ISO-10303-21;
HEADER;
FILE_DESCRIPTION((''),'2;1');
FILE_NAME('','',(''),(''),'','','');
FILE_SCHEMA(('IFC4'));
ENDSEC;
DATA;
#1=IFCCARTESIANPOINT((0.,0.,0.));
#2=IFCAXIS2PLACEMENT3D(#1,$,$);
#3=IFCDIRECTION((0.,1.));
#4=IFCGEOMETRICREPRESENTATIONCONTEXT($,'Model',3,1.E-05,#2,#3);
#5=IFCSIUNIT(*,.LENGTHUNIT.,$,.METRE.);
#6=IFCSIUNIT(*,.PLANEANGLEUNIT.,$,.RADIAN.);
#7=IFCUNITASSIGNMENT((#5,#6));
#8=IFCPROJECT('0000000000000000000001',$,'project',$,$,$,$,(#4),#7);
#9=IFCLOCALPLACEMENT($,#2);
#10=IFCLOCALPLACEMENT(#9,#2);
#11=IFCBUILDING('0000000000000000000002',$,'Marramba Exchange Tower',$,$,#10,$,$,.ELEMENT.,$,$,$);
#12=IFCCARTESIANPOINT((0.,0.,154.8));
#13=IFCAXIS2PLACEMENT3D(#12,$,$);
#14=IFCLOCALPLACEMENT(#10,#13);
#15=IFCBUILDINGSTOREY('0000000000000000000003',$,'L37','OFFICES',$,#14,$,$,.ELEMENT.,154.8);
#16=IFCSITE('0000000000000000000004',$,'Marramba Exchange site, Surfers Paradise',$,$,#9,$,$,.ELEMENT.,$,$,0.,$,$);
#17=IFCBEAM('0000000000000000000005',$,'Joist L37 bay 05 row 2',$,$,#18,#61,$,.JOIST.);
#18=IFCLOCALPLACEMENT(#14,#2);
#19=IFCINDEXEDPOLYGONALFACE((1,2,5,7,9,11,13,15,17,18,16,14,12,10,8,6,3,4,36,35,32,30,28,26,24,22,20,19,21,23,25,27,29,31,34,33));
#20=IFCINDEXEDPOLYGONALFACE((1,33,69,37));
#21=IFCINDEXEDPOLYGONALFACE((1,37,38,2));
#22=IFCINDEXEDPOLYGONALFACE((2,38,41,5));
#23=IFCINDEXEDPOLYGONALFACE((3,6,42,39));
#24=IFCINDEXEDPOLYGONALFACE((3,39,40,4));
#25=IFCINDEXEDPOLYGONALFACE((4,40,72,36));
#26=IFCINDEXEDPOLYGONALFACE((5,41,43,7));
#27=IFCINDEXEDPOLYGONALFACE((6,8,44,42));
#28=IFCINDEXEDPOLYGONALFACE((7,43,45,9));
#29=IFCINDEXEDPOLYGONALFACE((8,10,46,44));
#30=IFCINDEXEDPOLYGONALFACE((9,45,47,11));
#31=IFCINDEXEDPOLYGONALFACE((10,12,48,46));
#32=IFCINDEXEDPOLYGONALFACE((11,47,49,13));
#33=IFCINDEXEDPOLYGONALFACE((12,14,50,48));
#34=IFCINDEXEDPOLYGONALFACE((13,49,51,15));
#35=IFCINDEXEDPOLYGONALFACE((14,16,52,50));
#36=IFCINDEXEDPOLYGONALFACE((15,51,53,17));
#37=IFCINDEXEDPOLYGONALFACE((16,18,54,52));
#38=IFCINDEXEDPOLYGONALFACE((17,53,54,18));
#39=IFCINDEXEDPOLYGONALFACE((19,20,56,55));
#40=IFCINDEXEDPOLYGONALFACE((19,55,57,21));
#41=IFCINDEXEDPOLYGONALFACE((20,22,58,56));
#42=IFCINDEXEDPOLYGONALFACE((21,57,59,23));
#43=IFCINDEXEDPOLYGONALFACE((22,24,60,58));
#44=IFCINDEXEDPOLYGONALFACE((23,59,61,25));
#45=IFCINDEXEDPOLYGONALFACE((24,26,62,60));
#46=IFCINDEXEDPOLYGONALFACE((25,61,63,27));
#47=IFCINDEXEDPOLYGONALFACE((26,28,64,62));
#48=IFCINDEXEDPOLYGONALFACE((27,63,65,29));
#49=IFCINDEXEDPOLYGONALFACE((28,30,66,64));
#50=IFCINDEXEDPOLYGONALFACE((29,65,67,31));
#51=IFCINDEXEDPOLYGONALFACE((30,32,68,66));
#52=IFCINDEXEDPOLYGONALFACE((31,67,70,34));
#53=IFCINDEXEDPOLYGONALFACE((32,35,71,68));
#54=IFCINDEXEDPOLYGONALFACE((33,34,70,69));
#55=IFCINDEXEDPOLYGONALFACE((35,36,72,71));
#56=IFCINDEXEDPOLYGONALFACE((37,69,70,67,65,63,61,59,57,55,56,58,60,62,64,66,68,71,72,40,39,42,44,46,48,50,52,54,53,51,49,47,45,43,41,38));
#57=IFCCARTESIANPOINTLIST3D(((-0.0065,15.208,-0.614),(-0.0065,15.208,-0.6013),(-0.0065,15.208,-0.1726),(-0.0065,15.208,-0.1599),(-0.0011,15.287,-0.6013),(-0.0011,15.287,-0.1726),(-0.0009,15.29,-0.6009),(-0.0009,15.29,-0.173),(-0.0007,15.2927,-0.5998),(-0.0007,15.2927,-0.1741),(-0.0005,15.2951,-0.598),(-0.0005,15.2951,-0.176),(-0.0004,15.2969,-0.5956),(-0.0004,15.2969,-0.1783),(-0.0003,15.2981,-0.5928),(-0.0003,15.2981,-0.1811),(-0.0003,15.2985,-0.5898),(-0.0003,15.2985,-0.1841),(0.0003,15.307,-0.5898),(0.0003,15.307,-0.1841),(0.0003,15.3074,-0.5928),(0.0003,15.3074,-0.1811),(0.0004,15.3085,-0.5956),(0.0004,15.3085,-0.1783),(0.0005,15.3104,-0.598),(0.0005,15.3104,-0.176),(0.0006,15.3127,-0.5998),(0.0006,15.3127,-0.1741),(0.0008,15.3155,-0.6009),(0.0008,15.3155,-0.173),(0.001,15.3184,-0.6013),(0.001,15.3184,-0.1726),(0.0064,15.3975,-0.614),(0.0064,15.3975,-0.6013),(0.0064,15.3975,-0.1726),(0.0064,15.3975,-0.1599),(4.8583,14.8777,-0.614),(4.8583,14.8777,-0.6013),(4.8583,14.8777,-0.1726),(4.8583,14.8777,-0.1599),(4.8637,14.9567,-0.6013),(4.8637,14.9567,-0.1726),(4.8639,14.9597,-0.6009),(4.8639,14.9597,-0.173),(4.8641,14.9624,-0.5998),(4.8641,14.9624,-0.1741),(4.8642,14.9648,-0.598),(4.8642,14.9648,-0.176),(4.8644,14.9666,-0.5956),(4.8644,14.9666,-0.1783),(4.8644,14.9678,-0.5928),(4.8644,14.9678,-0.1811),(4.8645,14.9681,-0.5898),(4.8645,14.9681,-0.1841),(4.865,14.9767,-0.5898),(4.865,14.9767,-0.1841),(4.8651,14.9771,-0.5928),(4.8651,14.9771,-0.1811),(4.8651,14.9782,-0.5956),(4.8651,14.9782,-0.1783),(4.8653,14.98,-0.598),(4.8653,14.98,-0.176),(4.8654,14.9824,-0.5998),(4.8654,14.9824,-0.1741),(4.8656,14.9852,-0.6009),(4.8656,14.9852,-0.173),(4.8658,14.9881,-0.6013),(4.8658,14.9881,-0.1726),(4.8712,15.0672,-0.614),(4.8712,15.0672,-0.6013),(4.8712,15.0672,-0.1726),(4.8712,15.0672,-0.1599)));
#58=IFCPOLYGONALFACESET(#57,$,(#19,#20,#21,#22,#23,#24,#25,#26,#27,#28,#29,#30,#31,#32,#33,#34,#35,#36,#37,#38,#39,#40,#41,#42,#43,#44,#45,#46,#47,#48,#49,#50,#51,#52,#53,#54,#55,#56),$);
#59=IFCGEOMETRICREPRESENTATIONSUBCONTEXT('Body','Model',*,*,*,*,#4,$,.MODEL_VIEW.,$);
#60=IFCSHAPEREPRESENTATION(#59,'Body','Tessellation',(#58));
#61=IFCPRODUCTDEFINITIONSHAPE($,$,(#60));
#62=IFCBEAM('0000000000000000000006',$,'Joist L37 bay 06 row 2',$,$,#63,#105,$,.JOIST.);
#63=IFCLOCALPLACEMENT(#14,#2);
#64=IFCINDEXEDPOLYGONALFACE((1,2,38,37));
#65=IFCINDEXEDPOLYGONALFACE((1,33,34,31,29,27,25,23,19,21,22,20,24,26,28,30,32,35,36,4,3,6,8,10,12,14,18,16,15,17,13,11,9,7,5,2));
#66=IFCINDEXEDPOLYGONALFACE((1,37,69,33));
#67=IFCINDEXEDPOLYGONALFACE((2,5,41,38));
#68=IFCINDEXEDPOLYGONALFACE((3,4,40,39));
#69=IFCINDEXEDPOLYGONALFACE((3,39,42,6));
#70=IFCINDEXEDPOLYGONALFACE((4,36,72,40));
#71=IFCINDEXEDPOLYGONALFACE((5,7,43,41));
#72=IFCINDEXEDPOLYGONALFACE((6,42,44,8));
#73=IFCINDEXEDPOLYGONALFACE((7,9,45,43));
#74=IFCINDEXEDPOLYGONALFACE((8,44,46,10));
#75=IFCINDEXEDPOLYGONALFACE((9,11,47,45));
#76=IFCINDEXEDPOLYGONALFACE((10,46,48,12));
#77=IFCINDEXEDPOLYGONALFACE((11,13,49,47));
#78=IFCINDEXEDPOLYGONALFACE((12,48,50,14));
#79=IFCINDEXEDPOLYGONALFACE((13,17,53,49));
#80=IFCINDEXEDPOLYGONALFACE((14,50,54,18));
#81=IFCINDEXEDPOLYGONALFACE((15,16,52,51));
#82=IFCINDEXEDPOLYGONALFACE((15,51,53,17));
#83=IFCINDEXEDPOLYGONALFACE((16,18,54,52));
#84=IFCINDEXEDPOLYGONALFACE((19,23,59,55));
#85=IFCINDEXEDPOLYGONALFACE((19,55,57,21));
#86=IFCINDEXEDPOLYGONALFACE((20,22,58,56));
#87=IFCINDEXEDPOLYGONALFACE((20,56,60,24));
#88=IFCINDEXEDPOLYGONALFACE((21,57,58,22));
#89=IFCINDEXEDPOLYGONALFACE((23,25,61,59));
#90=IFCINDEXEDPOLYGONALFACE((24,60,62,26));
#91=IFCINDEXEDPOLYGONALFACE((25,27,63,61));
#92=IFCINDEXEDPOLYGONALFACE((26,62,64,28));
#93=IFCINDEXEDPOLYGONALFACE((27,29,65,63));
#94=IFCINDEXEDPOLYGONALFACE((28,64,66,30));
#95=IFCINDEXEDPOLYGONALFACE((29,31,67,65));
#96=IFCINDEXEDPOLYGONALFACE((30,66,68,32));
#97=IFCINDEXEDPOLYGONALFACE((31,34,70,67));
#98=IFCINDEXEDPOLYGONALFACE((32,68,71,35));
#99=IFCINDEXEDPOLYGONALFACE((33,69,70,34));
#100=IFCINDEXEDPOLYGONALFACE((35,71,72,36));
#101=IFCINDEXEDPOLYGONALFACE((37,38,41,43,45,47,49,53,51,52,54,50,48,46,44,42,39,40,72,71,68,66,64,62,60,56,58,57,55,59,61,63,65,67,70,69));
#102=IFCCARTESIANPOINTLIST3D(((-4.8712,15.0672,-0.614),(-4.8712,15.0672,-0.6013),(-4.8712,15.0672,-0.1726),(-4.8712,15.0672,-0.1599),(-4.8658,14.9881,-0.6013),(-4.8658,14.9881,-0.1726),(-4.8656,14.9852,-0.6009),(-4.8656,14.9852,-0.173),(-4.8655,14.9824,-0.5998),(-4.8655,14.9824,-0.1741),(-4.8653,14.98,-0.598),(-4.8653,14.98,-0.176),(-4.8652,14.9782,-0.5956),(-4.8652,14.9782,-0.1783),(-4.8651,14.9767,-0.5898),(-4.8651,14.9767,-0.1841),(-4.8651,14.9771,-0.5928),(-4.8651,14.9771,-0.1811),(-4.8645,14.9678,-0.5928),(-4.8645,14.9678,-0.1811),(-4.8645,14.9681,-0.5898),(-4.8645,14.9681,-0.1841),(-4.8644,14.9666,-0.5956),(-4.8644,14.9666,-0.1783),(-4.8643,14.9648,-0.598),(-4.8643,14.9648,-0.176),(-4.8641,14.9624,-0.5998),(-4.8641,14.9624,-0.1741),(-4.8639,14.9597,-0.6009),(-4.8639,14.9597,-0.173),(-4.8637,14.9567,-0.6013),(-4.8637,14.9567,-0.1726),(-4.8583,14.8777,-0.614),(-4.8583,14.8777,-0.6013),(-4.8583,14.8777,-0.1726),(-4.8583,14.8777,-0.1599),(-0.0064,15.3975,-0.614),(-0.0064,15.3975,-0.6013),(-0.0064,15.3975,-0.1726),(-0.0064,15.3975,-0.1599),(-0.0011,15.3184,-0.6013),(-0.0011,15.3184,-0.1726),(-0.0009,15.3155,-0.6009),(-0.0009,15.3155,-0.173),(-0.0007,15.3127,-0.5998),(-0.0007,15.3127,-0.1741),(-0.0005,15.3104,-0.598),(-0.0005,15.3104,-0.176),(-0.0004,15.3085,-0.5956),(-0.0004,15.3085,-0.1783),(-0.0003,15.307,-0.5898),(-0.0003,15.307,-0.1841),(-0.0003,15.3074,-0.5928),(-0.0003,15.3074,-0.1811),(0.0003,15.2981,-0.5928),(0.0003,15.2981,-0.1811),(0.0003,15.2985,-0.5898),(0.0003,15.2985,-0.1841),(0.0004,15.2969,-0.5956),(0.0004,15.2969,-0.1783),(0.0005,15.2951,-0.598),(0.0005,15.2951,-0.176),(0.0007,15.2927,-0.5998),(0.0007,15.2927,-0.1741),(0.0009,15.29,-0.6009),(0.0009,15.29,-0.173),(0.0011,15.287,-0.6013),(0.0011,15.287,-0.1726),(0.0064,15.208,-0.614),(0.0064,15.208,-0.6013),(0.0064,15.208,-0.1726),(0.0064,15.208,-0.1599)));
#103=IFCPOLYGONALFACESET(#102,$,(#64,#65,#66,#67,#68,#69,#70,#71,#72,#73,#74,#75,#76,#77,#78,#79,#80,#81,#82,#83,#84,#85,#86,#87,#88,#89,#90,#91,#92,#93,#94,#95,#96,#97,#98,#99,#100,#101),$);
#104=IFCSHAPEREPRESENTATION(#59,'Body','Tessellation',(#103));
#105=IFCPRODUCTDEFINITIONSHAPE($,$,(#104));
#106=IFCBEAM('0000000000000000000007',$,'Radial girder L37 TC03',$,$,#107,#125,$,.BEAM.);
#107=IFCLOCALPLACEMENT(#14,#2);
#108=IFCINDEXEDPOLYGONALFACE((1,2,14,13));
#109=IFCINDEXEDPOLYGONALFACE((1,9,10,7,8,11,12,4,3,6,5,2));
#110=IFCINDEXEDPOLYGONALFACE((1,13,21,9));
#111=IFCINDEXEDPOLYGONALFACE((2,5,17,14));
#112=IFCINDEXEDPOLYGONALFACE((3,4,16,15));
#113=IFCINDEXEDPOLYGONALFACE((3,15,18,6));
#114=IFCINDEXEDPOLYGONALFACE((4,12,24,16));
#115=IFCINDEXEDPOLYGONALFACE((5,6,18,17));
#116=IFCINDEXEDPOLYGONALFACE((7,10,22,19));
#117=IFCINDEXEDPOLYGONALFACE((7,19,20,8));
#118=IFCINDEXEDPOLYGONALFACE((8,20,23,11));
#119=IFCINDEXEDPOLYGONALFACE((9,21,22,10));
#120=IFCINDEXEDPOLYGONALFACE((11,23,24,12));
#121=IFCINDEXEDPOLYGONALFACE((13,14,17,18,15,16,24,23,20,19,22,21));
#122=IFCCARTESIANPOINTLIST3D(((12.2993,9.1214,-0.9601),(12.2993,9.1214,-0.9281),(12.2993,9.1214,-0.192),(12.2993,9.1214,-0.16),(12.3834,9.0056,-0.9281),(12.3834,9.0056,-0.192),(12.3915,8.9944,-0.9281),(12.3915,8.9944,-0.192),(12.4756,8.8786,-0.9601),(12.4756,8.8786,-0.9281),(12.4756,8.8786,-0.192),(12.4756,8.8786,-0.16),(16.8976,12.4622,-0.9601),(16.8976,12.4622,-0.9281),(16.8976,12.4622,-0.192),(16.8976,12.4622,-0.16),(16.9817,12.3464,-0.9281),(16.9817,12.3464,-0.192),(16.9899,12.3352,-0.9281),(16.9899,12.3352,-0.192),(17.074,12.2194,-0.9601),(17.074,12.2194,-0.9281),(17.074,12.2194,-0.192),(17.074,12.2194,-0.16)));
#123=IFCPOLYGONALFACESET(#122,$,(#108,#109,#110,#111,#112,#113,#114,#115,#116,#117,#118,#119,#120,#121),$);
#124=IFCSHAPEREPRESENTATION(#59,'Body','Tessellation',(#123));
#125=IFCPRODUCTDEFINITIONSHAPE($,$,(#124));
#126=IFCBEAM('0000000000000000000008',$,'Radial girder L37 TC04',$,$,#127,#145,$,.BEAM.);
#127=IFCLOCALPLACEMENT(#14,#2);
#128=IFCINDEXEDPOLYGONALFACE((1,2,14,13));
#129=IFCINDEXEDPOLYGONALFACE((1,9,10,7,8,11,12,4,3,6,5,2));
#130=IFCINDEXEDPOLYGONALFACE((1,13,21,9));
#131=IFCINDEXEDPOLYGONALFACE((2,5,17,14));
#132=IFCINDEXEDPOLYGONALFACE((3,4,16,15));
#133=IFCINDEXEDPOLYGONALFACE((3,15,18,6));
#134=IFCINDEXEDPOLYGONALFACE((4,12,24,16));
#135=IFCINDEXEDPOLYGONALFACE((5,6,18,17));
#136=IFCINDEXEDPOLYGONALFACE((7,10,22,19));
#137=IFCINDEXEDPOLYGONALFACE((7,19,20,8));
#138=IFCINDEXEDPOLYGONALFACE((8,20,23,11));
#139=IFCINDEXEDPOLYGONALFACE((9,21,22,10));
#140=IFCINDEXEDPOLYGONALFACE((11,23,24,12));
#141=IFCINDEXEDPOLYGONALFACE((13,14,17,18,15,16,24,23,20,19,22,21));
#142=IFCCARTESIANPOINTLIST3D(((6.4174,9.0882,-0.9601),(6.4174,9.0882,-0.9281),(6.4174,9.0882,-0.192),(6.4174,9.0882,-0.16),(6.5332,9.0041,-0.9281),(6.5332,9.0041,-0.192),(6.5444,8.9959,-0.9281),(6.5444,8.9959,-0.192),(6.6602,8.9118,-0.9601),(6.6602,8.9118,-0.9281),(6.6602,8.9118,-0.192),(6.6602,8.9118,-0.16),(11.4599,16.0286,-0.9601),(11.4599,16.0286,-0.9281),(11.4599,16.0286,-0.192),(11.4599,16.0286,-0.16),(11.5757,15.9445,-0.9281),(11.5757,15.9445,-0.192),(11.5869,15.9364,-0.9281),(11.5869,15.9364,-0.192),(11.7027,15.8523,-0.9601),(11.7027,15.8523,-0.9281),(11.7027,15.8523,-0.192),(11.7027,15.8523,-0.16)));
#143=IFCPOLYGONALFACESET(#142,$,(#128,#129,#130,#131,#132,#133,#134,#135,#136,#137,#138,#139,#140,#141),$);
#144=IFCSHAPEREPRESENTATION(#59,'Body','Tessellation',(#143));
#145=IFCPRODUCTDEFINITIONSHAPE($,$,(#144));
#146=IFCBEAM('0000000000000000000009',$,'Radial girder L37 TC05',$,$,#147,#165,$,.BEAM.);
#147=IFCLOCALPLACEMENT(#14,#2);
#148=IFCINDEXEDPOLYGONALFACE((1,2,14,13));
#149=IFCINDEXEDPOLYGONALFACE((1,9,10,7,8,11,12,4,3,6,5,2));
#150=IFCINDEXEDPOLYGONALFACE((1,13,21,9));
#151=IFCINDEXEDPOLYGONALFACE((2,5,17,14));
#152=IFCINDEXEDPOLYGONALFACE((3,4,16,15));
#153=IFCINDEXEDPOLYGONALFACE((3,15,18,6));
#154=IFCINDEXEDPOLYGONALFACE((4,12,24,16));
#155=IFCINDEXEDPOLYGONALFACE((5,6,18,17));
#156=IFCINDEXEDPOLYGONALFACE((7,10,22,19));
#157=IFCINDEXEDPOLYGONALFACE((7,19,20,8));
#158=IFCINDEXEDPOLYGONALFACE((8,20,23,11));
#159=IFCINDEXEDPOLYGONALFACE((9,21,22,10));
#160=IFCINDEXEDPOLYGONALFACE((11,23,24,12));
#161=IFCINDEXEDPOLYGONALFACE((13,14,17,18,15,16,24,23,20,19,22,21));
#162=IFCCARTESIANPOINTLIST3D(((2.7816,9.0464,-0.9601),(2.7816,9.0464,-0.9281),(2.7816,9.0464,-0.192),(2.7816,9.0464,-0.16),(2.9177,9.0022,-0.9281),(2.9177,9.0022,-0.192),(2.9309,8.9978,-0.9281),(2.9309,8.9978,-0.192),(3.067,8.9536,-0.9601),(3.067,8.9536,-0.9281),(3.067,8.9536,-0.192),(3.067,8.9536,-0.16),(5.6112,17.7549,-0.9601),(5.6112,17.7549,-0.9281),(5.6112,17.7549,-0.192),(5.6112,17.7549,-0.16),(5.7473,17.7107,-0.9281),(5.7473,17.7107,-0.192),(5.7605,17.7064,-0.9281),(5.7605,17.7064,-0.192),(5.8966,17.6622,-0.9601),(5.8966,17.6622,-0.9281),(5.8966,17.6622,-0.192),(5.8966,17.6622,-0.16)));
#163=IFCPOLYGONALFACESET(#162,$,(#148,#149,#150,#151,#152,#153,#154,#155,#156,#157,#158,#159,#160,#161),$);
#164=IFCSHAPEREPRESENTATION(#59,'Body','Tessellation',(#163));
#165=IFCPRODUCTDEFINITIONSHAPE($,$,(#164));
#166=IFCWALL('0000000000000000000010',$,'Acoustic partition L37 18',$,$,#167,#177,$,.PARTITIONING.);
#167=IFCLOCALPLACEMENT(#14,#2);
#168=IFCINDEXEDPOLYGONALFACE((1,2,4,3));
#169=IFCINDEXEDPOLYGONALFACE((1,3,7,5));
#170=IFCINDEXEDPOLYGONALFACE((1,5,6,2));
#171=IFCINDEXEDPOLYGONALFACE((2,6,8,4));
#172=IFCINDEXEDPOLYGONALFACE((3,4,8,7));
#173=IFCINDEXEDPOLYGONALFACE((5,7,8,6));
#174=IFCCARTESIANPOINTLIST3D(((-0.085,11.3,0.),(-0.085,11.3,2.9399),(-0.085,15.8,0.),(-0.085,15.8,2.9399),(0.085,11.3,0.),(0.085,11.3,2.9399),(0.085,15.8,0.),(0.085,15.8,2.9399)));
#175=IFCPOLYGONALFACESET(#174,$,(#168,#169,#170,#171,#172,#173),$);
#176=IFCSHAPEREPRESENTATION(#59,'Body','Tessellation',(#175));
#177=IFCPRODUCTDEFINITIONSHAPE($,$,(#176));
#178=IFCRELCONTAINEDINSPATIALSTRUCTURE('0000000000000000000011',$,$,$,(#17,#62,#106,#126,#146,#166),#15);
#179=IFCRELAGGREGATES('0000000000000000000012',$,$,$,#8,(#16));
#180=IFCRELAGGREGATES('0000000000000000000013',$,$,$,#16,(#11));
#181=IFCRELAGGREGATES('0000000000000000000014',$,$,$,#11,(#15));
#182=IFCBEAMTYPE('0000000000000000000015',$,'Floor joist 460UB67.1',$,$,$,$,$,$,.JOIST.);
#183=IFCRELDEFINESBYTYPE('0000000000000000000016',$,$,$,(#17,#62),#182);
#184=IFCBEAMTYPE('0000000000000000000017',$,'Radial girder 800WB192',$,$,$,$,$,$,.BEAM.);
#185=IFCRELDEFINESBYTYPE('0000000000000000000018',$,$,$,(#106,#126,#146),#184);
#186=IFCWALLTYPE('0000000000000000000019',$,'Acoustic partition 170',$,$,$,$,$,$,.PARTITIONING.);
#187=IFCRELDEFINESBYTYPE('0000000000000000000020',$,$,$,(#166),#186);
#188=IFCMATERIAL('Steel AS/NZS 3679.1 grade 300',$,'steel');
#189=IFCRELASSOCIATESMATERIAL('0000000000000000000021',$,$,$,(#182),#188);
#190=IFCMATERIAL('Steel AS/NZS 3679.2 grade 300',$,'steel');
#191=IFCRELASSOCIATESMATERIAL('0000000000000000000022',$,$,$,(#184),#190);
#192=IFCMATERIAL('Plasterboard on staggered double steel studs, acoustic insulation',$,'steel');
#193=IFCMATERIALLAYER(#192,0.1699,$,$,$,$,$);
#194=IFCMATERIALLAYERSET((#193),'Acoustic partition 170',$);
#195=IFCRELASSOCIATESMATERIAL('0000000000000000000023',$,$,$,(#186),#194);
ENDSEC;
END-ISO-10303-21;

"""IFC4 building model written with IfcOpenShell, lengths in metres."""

from ifc_helpers import new_model, si_unit, direction, frame, frame_2d, origin, origin_2d, place, context, subcontext, project, spatial, rectangle, i_section, extrude, material, layer, layer_set, material_profile, profile_set, type_object, element, save


model = new_model("IFC4")

# Units and contexts
model_context = context("Model", 3, precision=1e-05, world=origin(), true_north=direction((0.0, 1.0)))
body_context = subcontext(model_context, "Body", "Model", "MODEL_VIEW")
ifc_project = project(units=[si_unit("LENGTHUNIT", "METRE"), si_unit("PLANEANGLEUNIT", "RADIAN")], contexts=[model_context])

# Site, building, storey
site_placement = place(None, origin())
site = spatial("IfcSite", under=ifc_project, at=site_placement, Name="Marramba Exchange site, Surfers Paradise", CompositionType="ELEMENT", RefElevation=0.0)
building_placement = place(site_placement, origin())
building = spatial("IfcBuilding", under=site, at=building_placement, Name="Marramba Exchange Tower", CompositionType="ELEMENT")
storey_placement = place(building_placement, frame((0.0, 0.0, 154.8)))
storey = spatial("IfcBuildingStorey", under=building, at=storey_placement, Name="L37", Description="OFFICES", CompositionType="ELEMENT", Elevation=154.8)

# Beams
ifc_material_1 = material(Name="Steel AS/NZS 3679.1 grade 300", Category="steel")
ifc_material_profile_1 = material_profile(ifc_material_1, i_section(OverallWidth=0.1899, OverallDepth=0.4541, WebThickness=0.0085, FlangeThickness=0.0127, FilletRadius=0.0115, at=origin_2d()), Name="460UB67.1")
ifc_profile_set_1 = profile_set([ifc_material_profile_1], Name="Steel AS/NZS 3679.1 grade 300")
beam_type_1 = type_object("IfcBeamType", Name="Floor joist 460UB67.1", PredefinedType="JOIST", material=ifc_profile_set_1)
for number, where, z_axis, x_axis, name in (
    (1, (4.8647, 14.9724, -0.387), (-0.997703, 0.067745, 0.0), (-0.067745, -0.997703, 0.0), "Joist L37 bay 05 row 2"),
    (2, (0.0, 15.3027, -0.387), (-0.997703, -0.067745, 0.0), (0.067745, -0.997703, 0.0), "Joist L37 bay 06 row 2"),
):
    element("IfcBeam", number, at=place(storey_placement, frame(where, z_axis=z_axis, x_axis=x_axis)), inside=storey, type_object=beam_type_1, Name=name, PredefinedType="JOIST", context=body_context, shape_type="SweptSolid", body=[
        extrude(i_section(OverallWidth=0.1899, OverallDepth=0.4541, WebThickness=0.0085, FlangeThickness=0.0127, FilletRadius=0.0115, at=origin_2d()), origin(), (0.0, 0.0, 1.0), 4.876),
    ])
ifc_material_2 = material(Name="Steel AS/NZS 3679.2 grade 300", Category="steel")
ifc_material_profile_2 = material_profile(ifc_material_2, i_section(OverallWidth=0.3, OverallDepth=0.8, WebThickness=0.0139, FlangeThickness=0.032, at=origin_2d()), Name="800WB192")
ifc_profile_set_2 = profile_set([ifc_material_profile_2], Name="Steel AS/NZS 3679.2 grade 300")
beam_type_2 = type_object("IfcBeamType", Name="Radial girder 800WB192", PredefinedType="BEAM", material=ifc_profile_set_2)
beam_1_placement = place(storey_placement, frame((12.3875, 9.0, -0.5601), z_axis=(0.809026, 0.587773, 0.0), x_axis=(-0.587773, 0.809026, 0.0)))
element("IfcBeam", 3, at=beam_1_placement, inside=storey, type_object=beam_type_2, Name="Radial girder L37 TC03", PredefinedType="BEAM", context=body_context, shape_type="SweptSolid", body=[
    extrude(i_section(OverallWidth=0.3, OverallDepth=0.8, WebThickness=0.0139, FlangeThickness=0.032, at=origin_2d()), origin(), (0.0, 0.0, 1.0), 5.6838),
])
beam_2_placement = place(storey_placement, frame((6.5388, 9.0, -0.5601), z_axis=(0.587782, 0.809019, 0.0), x_axis=(-0.809019, 0.587782, 0.0)))
element("IfcBeam", 4, at=beam_2_placement, inside=storey, type_object=beam_type_2, Name="Radial girder L37 TC04", PredefinedType="BEAM", context=body_context, shape_type="SweptSolid", body=[
    extrude(i_section(OverallWidth=0.3, OverallDepth=0.8, WebThickness=0.0139, FlangeThickness=0.032, at=origin_2d()), origin(), (0.0, 0.0, 1.0), 8.5789),
])
beam_3_placement = place(storey_placement, frame((2.9243, 9.0, -0.5601), z_axis=(0.30902, 0.951056, 0.0), x_axis=(-0.951056, 0.30902, 0.0)))
element("IfcBeam", 5, at=beam_3_placement, inside=storey, type_object=beam_type_2, Name="Radial girder L37 TC05", PredefinedType="BEAM", context=body_context, shape_type="SweptSolid", body=[
    extrude(i_section(OverallWidth=0.3, OverallDepth=0.8, WebThickness=0.0139, FlangeThickness=0.032, at=origin_2d()), origin(), (0.0, 0.0, 1.0), 9.1567),
])

# Wall
ifc_material_3 = material(Name="Plasterboard on staggered double steel studs, acoustic insulation", Category="steel")
ifc_layer_1 = layer(ifc_material_3, 0.1699)
ifc_layer_set_1 = layer_set([ifc_layer_1], Name="Acoustic partition 170")
wall_type_1 = type_object("IfcWallType", Name="Acoustic partition 170", PredefinedType="PARTITIONING", material=ifc_layer_set_1)
wall_1_placement = place(storey_placement, frame((0.0, 15.8, 0.0), z_axis=(0.0, 0.0, 1.0), x_axis=(0.0, -1.0, 0.0)))
element("IfcWall", 6, at=wall_1_placement, inside=storey, type_object=wall_type_1, Name="Acoustic partition L37 18", PredefinedType="PARTITIONING", context=body_context, shape_type="SweptSolid", body=[
    extrude(rectangle(XDim=4.5, YDim=0.1699, at=frame_2d((2.25, 0.0))), origin(), (0.0, 0.0, 1.0), 2.9399),
])

save(model, "model.ifc")
